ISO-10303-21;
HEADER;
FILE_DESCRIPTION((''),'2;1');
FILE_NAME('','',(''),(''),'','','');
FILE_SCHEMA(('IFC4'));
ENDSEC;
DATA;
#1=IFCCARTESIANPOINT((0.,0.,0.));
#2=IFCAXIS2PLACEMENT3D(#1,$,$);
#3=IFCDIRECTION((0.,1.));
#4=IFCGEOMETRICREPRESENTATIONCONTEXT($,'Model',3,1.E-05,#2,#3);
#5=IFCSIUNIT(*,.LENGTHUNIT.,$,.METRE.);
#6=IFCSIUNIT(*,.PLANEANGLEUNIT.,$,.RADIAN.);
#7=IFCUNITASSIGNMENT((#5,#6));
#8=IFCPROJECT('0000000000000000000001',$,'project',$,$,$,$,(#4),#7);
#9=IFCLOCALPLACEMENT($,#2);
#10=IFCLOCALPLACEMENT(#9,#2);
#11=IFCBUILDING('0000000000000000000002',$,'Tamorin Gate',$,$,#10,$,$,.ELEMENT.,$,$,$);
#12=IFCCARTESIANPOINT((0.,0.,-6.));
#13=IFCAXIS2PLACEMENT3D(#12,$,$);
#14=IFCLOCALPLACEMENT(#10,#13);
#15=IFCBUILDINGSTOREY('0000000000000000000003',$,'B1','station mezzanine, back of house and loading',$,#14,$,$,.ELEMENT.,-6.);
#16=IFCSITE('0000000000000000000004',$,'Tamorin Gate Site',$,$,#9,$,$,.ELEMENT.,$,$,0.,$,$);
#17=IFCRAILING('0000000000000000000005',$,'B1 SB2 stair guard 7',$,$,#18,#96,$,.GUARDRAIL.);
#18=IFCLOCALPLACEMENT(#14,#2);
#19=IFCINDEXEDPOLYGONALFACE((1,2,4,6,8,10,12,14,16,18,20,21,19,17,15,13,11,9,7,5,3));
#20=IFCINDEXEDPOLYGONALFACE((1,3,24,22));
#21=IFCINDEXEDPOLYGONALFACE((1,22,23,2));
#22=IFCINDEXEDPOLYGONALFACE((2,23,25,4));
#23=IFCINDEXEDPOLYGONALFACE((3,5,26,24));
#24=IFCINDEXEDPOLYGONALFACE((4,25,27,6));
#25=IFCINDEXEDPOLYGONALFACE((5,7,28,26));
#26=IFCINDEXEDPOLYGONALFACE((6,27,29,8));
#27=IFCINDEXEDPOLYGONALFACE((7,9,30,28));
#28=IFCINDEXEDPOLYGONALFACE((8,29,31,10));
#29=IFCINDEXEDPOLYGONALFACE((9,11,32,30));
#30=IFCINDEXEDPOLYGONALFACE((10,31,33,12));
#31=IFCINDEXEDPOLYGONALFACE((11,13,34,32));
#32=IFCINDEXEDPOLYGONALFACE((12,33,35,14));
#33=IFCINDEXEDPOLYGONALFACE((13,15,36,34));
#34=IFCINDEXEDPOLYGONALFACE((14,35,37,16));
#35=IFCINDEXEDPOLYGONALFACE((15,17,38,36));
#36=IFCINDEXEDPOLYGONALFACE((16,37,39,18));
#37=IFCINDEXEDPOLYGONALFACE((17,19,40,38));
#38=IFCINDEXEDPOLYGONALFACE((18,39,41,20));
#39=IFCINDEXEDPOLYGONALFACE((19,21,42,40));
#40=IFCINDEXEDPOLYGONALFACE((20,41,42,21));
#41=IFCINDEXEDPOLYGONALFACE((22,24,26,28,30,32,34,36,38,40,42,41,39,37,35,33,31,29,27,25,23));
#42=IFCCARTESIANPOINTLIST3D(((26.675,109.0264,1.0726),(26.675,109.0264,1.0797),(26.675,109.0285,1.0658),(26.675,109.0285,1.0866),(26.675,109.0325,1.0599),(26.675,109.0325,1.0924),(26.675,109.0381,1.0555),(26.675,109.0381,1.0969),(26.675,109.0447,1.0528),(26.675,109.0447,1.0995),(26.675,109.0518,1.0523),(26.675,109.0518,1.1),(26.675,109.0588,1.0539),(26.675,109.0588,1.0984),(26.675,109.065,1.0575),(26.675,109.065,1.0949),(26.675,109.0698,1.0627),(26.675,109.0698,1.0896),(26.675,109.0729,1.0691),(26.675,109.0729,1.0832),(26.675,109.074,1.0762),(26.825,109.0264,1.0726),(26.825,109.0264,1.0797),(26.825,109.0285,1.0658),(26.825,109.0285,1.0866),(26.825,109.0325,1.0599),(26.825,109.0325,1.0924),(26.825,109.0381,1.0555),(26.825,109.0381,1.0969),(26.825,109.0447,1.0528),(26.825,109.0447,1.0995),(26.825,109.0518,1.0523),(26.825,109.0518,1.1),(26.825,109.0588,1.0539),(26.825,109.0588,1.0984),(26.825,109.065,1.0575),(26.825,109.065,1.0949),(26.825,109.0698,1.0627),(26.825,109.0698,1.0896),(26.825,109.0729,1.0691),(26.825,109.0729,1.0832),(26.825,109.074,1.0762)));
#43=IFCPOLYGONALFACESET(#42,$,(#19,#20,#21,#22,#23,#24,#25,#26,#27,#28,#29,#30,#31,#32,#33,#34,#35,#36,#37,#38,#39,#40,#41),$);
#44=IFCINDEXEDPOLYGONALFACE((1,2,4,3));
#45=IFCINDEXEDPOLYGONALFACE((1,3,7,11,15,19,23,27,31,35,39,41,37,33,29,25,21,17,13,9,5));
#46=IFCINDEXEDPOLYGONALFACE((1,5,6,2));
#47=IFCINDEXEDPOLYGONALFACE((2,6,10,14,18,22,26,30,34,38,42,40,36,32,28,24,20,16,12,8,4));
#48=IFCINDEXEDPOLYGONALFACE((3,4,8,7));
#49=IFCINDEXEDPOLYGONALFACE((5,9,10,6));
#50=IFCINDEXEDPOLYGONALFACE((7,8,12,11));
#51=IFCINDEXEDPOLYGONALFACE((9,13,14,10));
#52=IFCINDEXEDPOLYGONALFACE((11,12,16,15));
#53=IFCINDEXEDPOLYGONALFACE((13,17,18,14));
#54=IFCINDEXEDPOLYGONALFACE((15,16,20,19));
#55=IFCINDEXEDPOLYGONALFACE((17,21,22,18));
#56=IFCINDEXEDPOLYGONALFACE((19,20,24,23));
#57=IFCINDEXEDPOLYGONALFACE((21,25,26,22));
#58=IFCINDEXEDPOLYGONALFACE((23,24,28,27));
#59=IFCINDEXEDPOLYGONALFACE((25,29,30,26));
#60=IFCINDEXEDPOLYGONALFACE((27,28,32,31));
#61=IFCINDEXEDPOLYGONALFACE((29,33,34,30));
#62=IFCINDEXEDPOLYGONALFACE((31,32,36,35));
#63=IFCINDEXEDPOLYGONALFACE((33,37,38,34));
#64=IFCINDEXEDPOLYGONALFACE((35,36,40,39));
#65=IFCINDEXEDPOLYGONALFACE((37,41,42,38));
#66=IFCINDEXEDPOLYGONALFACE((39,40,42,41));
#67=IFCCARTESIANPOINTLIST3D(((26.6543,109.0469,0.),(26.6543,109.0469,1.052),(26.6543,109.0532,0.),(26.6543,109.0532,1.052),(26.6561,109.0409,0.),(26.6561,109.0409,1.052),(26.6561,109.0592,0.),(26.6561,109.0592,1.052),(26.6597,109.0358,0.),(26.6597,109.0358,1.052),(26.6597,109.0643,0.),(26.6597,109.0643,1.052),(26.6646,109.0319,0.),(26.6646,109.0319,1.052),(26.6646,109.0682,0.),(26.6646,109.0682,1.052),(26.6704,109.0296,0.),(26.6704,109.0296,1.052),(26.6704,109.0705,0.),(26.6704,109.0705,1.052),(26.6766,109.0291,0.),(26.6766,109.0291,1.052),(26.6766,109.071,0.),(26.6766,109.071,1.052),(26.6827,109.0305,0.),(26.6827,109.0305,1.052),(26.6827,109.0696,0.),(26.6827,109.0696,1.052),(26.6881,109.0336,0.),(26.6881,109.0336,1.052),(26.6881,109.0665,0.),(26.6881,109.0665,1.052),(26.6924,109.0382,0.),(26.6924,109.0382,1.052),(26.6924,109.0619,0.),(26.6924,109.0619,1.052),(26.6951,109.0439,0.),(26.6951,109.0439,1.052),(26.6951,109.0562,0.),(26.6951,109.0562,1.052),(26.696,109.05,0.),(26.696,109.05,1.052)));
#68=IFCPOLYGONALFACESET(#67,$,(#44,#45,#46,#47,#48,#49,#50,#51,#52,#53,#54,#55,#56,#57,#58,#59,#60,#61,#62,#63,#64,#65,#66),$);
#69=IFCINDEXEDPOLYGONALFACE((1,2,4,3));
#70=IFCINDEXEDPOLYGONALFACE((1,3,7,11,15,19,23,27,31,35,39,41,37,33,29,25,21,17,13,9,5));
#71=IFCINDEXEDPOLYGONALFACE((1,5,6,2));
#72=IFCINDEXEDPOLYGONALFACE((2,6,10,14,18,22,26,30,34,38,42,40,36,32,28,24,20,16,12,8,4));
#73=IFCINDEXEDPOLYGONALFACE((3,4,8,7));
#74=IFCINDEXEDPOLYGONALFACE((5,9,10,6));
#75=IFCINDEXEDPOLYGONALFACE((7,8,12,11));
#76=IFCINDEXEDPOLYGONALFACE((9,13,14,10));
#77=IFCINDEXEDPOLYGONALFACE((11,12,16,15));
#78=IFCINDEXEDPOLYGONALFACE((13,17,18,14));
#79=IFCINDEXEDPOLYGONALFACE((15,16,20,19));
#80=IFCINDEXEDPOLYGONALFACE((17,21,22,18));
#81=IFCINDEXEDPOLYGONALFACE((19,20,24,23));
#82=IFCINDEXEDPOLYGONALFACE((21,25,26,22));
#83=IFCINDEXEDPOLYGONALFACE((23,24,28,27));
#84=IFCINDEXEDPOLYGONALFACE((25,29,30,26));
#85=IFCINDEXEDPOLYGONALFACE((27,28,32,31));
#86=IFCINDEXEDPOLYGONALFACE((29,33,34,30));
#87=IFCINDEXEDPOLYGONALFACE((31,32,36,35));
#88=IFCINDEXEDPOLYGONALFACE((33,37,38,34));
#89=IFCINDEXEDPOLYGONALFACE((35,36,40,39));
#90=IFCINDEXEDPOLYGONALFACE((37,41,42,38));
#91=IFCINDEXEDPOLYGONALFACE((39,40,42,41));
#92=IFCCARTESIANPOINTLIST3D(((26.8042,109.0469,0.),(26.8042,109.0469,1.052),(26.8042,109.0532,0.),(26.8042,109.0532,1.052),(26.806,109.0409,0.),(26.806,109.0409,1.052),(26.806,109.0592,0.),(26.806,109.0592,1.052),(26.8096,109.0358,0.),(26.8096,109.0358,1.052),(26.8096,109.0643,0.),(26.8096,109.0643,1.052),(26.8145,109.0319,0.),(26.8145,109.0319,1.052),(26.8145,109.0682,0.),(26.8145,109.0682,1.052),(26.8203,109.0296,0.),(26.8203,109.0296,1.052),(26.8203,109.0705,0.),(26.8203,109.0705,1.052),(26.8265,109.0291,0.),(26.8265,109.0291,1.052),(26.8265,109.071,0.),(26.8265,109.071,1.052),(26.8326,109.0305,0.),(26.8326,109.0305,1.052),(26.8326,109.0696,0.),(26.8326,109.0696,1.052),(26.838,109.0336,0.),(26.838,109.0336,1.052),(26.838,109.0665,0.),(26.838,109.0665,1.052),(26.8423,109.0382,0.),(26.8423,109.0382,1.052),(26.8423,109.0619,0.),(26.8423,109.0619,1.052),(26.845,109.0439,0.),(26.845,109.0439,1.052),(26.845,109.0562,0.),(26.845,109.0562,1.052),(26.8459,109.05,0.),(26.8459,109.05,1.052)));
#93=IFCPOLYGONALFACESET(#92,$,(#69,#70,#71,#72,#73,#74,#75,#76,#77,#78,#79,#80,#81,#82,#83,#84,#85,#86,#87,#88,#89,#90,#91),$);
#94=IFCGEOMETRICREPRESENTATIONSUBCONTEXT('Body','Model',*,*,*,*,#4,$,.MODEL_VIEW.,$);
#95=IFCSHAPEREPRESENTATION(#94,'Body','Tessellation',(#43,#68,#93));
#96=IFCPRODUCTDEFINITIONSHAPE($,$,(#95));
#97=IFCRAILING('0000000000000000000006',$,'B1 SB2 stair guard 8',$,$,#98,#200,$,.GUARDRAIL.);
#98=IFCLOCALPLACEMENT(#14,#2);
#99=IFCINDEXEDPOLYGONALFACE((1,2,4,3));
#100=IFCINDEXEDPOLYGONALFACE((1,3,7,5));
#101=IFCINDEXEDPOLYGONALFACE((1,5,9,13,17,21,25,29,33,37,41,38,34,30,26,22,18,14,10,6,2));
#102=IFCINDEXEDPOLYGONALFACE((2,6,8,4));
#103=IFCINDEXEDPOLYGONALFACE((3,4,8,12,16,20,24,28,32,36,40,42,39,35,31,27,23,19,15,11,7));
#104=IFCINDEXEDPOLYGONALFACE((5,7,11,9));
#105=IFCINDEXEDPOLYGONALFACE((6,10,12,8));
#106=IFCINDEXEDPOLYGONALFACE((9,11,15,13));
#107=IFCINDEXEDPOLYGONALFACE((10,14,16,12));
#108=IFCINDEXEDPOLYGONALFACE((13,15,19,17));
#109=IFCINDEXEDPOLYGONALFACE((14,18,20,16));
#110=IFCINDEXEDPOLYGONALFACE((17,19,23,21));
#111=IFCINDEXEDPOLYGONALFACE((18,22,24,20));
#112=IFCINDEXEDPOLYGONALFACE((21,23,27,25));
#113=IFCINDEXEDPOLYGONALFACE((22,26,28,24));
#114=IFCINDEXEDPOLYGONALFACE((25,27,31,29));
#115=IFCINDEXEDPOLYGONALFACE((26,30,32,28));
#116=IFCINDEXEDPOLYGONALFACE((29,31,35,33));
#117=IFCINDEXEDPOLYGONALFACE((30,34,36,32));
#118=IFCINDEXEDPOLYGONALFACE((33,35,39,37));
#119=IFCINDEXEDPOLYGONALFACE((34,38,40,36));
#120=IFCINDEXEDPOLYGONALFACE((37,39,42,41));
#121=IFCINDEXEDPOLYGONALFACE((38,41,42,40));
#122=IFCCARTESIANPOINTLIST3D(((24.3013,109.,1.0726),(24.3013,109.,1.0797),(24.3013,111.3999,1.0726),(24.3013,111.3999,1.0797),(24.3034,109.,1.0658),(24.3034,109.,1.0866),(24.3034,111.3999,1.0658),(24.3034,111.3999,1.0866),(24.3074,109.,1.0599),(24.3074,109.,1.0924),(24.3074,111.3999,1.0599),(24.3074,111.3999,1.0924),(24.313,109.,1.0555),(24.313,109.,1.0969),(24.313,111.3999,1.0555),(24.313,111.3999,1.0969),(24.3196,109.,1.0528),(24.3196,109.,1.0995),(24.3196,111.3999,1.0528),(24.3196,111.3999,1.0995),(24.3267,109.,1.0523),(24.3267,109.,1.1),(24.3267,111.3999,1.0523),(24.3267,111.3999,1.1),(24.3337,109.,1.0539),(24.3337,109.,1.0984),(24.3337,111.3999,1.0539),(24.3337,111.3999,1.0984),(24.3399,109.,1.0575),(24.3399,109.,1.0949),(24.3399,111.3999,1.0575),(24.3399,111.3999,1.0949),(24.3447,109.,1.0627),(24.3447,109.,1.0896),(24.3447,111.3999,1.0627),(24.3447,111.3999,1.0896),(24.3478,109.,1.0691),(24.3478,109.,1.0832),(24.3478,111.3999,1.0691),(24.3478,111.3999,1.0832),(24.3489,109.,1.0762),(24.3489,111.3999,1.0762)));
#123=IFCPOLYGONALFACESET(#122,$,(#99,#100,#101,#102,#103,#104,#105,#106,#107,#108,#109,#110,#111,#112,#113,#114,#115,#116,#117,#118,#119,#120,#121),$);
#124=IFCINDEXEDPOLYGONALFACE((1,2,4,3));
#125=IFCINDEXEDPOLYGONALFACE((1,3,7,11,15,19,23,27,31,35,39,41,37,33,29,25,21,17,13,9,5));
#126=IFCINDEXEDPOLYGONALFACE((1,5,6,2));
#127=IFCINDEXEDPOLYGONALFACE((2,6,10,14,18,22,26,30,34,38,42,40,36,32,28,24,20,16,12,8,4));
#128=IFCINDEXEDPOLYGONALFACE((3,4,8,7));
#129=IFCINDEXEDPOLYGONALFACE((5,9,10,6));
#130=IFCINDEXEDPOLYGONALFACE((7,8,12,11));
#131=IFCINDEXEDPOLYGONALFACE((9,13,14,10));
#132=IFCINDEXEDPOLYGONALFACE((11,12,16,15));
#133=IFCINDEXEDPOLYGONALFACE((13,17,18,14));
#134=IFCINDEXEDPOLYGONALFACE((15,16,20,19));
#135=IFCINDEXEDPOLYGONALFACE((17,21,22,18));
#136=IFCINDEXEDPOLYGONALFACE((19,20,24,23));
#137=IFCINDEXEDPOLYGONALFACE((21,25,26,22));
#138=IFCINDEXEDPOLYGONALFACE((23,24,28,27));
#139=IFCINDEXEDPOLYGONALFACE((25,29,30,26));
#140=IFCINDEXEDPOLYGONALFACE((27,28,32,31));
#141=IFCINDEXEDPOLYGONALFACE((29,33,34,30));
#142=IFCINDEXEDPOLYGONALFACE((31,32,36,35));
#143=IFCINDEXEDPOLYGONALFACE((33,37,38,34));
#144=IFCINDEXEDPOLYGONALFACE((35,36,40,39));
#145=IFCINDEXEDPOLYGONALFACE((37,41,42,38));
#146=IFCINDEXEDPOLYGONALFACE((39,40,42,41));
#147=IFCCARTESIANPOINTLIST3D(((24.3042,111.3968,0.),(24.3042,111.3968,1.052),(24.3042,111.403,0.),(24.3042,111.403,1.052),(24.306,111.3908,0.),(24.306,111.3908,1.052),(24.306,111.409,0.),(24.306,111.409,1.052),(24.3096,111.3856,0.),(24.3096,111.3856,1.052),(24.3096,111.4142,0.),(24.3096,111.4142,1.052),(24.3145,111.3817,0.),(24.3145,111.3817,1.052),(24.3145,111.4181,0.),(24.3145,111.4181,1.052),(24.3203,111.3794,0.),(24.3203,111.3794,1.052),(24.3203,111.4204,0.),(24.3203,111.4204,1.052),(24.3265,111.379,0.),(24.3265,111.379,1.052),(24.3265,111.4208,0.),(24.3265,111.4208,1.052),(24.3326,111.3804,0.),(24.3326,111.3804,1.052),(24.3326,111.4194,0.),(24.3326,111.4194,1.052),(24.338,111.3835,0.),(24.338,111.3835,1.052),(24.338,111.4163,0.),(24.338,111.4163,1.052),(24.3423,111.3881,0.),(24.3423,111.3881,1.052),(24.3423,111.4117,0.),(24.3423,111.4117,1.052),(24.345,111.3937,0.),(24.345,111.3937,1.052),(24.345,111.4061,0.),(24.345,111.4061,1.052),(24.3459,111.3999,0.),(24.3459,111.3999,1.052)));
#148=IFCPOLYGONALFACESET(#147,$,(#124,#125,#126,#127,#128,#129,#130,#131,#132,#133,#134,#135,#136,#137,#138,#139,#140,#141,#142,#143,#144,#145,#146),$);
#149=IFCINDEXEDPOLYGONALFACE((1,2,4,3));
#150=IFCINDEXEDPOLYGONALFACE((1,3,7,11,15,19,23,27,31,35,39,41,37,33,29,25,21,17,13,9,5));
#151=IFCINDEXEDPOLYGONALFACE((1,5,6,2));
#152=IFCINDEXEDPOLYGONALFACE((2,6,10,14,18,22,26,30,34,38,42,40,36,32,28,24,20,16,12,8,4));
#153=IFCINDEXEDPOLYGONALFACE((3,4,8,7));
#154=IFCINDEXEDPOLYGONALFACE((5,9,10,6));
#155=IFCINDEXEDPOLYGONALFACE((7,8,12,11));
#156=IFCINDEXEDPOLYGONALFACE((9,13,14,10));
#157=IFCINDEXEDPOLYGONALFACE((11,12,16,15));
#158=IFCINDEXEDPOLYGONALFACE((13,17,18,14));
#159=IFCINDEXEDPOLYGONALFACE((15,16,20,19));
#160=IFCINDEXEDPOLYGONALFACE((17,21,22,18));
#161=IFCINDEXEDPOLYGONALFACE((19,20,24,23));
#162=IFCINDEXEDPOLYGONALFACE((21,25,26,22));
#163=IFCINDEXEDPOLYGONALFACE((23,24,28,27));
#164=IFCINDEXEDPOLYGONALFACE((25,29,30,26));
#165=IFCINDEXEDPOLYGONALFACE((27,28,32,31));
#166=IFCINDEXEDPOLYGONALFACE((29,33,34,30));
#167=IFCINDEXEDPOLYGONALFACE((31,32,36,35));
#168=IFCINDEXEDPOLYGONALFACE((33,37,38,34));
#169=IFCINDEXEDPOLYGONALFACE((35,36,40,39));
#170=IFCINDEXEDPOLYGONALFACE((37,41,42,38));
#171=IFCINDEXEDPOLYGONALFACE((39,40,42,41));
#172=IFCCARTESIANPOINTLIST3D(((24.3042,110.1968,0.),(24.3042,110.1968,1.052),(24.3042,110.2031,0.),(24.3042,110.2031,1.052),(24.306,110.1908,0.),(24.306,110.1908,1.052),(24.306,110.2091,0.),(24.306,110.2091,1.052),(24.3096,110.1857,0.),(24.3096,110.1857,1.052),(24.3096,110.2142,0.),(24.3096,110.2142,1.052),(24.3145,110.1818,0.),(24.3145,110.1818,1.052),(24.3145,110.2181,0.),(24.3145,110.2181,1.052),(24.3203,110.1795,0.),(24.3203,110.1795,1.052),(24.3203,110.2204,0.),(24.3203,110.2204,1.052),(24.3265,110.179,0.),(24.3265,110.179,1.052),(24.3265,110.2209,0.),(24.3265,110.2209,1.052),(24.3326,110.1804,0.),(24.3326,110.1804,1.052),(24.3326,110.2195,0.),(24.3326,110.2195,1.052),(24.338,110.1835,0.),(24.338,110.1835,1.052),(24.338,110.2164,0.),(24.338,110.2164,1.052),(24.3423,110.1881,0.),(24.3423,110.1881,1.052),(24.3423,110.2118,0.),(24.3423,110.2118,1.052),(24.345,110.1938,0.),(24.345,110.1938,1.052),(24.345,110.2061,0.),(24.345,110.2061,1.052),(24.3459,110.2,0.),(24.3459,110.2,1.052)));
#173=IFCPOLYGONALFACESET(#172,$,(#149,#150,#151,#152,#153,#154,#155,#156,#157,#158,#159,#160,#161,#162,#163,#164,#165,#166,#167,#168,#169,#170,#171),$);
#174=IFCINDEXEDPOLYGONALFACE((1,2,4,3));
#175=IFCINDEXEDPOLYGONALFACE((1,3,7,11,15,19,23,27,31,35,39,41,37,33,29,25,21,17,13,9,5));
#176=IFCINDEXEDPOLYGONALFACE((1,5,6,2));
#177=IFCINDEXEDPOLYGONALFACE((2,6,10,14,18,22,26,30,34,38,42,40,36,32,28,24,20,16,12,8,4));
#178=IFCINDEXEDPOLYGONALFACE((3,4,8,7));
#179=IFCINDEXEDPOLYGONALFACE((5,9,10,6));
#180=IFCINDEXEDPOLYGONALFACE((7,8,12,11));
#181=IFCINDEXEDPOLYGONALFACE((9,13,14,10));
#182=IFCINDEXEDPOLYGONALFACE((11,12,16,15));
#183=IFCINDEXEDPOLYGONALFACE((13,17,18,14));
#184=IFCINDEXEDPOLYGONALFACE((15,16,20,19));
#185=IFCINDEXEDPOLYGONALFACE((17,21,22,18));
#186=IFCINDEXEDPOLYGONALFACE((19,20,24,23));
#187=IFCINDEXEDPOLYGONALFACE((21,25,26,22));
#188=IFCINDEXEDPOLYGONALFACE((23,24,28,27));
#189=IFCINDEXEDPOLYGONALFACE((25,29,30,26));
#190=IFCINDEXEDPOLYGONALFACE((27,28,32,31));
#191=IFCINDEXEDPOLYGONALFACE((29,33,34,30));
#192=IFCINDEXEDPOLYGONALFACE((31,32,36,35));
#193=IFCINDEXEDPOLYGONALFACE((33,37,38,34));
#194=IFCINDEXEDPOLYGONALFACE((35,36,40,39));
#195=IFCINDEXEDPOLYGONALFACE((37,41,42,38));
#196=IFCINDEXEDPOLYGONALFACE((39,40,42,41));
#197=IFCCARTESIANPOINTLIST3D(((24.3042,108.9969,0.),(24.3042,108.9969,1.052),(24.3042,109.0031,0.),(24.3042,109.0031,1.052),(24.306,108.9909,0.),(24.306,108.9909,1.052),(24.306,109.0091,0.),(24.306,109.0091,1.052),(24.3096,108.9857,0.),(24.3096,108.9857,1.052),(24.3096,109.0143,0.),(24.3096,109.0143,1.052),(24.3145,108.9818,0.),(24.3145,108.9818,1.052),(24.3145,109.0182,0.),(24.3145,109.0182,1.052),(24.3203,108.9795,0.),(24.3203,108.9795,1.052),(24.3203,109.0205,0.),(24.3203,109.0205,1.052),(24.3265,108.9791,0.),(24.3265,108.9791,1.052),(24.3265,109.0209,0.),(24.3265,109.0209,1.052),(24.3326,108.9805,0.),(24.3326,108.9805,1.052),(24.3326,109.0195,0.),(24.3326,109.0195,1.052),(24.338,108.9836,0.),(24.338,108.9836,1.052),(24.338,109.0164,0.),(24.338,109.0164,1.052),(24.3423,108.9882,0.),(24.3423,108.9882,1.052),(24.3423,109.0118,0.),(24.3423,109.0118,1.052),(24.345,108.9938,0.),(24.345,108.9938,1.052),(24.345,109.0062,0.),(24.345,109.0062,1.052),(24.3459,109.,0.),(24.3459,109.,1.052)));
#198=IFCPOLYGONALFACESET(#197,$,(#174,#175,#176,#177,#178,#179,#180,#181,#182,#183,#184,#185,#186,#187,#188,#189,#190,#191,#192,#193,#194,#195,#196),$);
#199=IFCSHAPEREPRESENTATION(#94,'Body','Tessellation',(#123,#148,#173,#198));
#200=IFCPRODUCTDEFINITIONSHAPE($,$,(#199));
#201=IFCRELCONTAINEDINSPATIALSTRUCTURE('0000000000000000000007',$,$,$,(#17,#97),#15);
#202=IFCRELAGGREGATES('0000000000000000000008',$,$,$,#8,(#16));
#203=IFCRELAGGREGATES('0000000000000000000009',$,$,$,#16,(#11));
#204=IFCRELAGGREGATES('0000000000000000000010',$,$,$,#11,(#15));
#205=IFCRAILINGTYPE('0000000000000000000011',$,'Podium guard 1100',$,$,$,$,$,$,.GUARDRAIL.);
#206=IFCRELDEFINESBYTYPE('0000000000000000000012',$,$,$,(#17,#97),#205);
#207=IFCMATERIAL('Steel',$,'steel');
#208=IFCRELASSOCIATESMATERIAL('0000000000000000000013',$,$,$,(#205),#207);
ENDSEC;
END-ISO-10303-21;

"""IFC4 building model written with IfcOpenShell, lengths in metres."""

from ifc_helpers import new_model, si_unit, direction, frame, origin, origin_2d, place, context, subcontext, project, spatial, circle, extrude, material, type_object, element, save


model = new_model("IFC4")

# Units and contexts
model_context = context("Model", 3, precision=1e-05, world=origin(), true_north=direction((0.0, 1.0)))
body_context = subcontext(model_context, "Body", "Model", "MODEL_VIEW")
ifc_project = project(units=[si_unit("LENGTHUNIT", "METRE"), si_unit("PLANEANGLEUNIT", "RADIAN")], contexts=[model_context])

# Site, building, storey
site_placement = place(None, origin())
site = spatial("IfcSite", under=ifc_project, at=site_placement, Name="Tamorin Gate Site", CompositionType="ELEMENT", RefElevation=0.0)
building_placement = place(site_placement, origin())
building = spatial("IfcBuilding", under=site, at=building_placement, Name="Tamorin Gate", CompositionType="ELEMENT")
storey_placement = place(building_placement, frame((0.0, 0.0, -6.0)))
storey = spatial("IfcBuildingStorey", under=building, at=storey_placement, Name="B1", Description="station mezzanine, back of house and loading", CompositionType="ELEMENT", Elevation=-6.0)

# Railings
ifc_material_1 = material(Name="Steel", Category="steel")
railing_type_1 = type_object("IfcRailingType", Name="Podium guard 1100", PredefinedType="GUARDRAIL", material=ifc_material_1)
railing_1_placement = place(storey_placement, frame((26.675, 109.05, 0.0)))
element("IfcRailing", 1, at=railing_1_placement, inside=storey, type_object=railing_type_1, Name="B1 SB2 stair guard 7", PredefinedType="GUARDRAIL", context=body_context, shape_type="SweptSolid", body=[
    extrude(circle(Radius=0.0239, at=origin_2d()), frame((0.0, 0.0, 1.0762), z_axis=(1.0, 0.0, 0.0), x_axis=(0.0, 1.0, 0.0)), (0.0, 0.0, 1.0), 0.1499),
    extrude(circle(Radius=0.021, at=origin_2d()), origin(), (0.0, 0.0, 1.0), 1.052),
    extrude(circle(Radius=0.021, at=origin_2d()), frame((0.1499, 0.0, 0.0)), (0.0, 0.0, 1.0), 1.052),
])
for number, where, name in (
    (2, (24.325, 111.3999, 0.0), "B1 SB2 stair guard 8"),
):
    element("IfcRailing", number, at=place(storey_placement, frame(where)), inside=storey, type_object=railing_type_1, Name=name, PredefinedType="GUARDRAIL", context=body_context, shape_type="SweptSolid", body=[
        extrude(circle(Radius=0.0239, at=origin_2d()), frame((0.0, 0.0, 1.0762), z_axis=(0.0, -1.0, 0.0), x_axis=(1.0, 0.0, 0.0)), (0.0, 0.0, 1.0), 2.3999),
        extrude(circle(Radius=0.021, at=origin_2d()), origin(), (0.0, 0.0, 1.0), 1.052),
        extrude(circle(Radius=0.021, at=origin_2d()), frame((0.0, -1.2, 0.0)), (0.0, 0.0, 1.0), 1.052),
        extrude(circle(Radius=0.021, at=origin_2d()), frame((0.0, -2.3999, 0.0)), (0.0, 0.0, 1.0), 1.052),
    ])

save(model, "model.ifc")
